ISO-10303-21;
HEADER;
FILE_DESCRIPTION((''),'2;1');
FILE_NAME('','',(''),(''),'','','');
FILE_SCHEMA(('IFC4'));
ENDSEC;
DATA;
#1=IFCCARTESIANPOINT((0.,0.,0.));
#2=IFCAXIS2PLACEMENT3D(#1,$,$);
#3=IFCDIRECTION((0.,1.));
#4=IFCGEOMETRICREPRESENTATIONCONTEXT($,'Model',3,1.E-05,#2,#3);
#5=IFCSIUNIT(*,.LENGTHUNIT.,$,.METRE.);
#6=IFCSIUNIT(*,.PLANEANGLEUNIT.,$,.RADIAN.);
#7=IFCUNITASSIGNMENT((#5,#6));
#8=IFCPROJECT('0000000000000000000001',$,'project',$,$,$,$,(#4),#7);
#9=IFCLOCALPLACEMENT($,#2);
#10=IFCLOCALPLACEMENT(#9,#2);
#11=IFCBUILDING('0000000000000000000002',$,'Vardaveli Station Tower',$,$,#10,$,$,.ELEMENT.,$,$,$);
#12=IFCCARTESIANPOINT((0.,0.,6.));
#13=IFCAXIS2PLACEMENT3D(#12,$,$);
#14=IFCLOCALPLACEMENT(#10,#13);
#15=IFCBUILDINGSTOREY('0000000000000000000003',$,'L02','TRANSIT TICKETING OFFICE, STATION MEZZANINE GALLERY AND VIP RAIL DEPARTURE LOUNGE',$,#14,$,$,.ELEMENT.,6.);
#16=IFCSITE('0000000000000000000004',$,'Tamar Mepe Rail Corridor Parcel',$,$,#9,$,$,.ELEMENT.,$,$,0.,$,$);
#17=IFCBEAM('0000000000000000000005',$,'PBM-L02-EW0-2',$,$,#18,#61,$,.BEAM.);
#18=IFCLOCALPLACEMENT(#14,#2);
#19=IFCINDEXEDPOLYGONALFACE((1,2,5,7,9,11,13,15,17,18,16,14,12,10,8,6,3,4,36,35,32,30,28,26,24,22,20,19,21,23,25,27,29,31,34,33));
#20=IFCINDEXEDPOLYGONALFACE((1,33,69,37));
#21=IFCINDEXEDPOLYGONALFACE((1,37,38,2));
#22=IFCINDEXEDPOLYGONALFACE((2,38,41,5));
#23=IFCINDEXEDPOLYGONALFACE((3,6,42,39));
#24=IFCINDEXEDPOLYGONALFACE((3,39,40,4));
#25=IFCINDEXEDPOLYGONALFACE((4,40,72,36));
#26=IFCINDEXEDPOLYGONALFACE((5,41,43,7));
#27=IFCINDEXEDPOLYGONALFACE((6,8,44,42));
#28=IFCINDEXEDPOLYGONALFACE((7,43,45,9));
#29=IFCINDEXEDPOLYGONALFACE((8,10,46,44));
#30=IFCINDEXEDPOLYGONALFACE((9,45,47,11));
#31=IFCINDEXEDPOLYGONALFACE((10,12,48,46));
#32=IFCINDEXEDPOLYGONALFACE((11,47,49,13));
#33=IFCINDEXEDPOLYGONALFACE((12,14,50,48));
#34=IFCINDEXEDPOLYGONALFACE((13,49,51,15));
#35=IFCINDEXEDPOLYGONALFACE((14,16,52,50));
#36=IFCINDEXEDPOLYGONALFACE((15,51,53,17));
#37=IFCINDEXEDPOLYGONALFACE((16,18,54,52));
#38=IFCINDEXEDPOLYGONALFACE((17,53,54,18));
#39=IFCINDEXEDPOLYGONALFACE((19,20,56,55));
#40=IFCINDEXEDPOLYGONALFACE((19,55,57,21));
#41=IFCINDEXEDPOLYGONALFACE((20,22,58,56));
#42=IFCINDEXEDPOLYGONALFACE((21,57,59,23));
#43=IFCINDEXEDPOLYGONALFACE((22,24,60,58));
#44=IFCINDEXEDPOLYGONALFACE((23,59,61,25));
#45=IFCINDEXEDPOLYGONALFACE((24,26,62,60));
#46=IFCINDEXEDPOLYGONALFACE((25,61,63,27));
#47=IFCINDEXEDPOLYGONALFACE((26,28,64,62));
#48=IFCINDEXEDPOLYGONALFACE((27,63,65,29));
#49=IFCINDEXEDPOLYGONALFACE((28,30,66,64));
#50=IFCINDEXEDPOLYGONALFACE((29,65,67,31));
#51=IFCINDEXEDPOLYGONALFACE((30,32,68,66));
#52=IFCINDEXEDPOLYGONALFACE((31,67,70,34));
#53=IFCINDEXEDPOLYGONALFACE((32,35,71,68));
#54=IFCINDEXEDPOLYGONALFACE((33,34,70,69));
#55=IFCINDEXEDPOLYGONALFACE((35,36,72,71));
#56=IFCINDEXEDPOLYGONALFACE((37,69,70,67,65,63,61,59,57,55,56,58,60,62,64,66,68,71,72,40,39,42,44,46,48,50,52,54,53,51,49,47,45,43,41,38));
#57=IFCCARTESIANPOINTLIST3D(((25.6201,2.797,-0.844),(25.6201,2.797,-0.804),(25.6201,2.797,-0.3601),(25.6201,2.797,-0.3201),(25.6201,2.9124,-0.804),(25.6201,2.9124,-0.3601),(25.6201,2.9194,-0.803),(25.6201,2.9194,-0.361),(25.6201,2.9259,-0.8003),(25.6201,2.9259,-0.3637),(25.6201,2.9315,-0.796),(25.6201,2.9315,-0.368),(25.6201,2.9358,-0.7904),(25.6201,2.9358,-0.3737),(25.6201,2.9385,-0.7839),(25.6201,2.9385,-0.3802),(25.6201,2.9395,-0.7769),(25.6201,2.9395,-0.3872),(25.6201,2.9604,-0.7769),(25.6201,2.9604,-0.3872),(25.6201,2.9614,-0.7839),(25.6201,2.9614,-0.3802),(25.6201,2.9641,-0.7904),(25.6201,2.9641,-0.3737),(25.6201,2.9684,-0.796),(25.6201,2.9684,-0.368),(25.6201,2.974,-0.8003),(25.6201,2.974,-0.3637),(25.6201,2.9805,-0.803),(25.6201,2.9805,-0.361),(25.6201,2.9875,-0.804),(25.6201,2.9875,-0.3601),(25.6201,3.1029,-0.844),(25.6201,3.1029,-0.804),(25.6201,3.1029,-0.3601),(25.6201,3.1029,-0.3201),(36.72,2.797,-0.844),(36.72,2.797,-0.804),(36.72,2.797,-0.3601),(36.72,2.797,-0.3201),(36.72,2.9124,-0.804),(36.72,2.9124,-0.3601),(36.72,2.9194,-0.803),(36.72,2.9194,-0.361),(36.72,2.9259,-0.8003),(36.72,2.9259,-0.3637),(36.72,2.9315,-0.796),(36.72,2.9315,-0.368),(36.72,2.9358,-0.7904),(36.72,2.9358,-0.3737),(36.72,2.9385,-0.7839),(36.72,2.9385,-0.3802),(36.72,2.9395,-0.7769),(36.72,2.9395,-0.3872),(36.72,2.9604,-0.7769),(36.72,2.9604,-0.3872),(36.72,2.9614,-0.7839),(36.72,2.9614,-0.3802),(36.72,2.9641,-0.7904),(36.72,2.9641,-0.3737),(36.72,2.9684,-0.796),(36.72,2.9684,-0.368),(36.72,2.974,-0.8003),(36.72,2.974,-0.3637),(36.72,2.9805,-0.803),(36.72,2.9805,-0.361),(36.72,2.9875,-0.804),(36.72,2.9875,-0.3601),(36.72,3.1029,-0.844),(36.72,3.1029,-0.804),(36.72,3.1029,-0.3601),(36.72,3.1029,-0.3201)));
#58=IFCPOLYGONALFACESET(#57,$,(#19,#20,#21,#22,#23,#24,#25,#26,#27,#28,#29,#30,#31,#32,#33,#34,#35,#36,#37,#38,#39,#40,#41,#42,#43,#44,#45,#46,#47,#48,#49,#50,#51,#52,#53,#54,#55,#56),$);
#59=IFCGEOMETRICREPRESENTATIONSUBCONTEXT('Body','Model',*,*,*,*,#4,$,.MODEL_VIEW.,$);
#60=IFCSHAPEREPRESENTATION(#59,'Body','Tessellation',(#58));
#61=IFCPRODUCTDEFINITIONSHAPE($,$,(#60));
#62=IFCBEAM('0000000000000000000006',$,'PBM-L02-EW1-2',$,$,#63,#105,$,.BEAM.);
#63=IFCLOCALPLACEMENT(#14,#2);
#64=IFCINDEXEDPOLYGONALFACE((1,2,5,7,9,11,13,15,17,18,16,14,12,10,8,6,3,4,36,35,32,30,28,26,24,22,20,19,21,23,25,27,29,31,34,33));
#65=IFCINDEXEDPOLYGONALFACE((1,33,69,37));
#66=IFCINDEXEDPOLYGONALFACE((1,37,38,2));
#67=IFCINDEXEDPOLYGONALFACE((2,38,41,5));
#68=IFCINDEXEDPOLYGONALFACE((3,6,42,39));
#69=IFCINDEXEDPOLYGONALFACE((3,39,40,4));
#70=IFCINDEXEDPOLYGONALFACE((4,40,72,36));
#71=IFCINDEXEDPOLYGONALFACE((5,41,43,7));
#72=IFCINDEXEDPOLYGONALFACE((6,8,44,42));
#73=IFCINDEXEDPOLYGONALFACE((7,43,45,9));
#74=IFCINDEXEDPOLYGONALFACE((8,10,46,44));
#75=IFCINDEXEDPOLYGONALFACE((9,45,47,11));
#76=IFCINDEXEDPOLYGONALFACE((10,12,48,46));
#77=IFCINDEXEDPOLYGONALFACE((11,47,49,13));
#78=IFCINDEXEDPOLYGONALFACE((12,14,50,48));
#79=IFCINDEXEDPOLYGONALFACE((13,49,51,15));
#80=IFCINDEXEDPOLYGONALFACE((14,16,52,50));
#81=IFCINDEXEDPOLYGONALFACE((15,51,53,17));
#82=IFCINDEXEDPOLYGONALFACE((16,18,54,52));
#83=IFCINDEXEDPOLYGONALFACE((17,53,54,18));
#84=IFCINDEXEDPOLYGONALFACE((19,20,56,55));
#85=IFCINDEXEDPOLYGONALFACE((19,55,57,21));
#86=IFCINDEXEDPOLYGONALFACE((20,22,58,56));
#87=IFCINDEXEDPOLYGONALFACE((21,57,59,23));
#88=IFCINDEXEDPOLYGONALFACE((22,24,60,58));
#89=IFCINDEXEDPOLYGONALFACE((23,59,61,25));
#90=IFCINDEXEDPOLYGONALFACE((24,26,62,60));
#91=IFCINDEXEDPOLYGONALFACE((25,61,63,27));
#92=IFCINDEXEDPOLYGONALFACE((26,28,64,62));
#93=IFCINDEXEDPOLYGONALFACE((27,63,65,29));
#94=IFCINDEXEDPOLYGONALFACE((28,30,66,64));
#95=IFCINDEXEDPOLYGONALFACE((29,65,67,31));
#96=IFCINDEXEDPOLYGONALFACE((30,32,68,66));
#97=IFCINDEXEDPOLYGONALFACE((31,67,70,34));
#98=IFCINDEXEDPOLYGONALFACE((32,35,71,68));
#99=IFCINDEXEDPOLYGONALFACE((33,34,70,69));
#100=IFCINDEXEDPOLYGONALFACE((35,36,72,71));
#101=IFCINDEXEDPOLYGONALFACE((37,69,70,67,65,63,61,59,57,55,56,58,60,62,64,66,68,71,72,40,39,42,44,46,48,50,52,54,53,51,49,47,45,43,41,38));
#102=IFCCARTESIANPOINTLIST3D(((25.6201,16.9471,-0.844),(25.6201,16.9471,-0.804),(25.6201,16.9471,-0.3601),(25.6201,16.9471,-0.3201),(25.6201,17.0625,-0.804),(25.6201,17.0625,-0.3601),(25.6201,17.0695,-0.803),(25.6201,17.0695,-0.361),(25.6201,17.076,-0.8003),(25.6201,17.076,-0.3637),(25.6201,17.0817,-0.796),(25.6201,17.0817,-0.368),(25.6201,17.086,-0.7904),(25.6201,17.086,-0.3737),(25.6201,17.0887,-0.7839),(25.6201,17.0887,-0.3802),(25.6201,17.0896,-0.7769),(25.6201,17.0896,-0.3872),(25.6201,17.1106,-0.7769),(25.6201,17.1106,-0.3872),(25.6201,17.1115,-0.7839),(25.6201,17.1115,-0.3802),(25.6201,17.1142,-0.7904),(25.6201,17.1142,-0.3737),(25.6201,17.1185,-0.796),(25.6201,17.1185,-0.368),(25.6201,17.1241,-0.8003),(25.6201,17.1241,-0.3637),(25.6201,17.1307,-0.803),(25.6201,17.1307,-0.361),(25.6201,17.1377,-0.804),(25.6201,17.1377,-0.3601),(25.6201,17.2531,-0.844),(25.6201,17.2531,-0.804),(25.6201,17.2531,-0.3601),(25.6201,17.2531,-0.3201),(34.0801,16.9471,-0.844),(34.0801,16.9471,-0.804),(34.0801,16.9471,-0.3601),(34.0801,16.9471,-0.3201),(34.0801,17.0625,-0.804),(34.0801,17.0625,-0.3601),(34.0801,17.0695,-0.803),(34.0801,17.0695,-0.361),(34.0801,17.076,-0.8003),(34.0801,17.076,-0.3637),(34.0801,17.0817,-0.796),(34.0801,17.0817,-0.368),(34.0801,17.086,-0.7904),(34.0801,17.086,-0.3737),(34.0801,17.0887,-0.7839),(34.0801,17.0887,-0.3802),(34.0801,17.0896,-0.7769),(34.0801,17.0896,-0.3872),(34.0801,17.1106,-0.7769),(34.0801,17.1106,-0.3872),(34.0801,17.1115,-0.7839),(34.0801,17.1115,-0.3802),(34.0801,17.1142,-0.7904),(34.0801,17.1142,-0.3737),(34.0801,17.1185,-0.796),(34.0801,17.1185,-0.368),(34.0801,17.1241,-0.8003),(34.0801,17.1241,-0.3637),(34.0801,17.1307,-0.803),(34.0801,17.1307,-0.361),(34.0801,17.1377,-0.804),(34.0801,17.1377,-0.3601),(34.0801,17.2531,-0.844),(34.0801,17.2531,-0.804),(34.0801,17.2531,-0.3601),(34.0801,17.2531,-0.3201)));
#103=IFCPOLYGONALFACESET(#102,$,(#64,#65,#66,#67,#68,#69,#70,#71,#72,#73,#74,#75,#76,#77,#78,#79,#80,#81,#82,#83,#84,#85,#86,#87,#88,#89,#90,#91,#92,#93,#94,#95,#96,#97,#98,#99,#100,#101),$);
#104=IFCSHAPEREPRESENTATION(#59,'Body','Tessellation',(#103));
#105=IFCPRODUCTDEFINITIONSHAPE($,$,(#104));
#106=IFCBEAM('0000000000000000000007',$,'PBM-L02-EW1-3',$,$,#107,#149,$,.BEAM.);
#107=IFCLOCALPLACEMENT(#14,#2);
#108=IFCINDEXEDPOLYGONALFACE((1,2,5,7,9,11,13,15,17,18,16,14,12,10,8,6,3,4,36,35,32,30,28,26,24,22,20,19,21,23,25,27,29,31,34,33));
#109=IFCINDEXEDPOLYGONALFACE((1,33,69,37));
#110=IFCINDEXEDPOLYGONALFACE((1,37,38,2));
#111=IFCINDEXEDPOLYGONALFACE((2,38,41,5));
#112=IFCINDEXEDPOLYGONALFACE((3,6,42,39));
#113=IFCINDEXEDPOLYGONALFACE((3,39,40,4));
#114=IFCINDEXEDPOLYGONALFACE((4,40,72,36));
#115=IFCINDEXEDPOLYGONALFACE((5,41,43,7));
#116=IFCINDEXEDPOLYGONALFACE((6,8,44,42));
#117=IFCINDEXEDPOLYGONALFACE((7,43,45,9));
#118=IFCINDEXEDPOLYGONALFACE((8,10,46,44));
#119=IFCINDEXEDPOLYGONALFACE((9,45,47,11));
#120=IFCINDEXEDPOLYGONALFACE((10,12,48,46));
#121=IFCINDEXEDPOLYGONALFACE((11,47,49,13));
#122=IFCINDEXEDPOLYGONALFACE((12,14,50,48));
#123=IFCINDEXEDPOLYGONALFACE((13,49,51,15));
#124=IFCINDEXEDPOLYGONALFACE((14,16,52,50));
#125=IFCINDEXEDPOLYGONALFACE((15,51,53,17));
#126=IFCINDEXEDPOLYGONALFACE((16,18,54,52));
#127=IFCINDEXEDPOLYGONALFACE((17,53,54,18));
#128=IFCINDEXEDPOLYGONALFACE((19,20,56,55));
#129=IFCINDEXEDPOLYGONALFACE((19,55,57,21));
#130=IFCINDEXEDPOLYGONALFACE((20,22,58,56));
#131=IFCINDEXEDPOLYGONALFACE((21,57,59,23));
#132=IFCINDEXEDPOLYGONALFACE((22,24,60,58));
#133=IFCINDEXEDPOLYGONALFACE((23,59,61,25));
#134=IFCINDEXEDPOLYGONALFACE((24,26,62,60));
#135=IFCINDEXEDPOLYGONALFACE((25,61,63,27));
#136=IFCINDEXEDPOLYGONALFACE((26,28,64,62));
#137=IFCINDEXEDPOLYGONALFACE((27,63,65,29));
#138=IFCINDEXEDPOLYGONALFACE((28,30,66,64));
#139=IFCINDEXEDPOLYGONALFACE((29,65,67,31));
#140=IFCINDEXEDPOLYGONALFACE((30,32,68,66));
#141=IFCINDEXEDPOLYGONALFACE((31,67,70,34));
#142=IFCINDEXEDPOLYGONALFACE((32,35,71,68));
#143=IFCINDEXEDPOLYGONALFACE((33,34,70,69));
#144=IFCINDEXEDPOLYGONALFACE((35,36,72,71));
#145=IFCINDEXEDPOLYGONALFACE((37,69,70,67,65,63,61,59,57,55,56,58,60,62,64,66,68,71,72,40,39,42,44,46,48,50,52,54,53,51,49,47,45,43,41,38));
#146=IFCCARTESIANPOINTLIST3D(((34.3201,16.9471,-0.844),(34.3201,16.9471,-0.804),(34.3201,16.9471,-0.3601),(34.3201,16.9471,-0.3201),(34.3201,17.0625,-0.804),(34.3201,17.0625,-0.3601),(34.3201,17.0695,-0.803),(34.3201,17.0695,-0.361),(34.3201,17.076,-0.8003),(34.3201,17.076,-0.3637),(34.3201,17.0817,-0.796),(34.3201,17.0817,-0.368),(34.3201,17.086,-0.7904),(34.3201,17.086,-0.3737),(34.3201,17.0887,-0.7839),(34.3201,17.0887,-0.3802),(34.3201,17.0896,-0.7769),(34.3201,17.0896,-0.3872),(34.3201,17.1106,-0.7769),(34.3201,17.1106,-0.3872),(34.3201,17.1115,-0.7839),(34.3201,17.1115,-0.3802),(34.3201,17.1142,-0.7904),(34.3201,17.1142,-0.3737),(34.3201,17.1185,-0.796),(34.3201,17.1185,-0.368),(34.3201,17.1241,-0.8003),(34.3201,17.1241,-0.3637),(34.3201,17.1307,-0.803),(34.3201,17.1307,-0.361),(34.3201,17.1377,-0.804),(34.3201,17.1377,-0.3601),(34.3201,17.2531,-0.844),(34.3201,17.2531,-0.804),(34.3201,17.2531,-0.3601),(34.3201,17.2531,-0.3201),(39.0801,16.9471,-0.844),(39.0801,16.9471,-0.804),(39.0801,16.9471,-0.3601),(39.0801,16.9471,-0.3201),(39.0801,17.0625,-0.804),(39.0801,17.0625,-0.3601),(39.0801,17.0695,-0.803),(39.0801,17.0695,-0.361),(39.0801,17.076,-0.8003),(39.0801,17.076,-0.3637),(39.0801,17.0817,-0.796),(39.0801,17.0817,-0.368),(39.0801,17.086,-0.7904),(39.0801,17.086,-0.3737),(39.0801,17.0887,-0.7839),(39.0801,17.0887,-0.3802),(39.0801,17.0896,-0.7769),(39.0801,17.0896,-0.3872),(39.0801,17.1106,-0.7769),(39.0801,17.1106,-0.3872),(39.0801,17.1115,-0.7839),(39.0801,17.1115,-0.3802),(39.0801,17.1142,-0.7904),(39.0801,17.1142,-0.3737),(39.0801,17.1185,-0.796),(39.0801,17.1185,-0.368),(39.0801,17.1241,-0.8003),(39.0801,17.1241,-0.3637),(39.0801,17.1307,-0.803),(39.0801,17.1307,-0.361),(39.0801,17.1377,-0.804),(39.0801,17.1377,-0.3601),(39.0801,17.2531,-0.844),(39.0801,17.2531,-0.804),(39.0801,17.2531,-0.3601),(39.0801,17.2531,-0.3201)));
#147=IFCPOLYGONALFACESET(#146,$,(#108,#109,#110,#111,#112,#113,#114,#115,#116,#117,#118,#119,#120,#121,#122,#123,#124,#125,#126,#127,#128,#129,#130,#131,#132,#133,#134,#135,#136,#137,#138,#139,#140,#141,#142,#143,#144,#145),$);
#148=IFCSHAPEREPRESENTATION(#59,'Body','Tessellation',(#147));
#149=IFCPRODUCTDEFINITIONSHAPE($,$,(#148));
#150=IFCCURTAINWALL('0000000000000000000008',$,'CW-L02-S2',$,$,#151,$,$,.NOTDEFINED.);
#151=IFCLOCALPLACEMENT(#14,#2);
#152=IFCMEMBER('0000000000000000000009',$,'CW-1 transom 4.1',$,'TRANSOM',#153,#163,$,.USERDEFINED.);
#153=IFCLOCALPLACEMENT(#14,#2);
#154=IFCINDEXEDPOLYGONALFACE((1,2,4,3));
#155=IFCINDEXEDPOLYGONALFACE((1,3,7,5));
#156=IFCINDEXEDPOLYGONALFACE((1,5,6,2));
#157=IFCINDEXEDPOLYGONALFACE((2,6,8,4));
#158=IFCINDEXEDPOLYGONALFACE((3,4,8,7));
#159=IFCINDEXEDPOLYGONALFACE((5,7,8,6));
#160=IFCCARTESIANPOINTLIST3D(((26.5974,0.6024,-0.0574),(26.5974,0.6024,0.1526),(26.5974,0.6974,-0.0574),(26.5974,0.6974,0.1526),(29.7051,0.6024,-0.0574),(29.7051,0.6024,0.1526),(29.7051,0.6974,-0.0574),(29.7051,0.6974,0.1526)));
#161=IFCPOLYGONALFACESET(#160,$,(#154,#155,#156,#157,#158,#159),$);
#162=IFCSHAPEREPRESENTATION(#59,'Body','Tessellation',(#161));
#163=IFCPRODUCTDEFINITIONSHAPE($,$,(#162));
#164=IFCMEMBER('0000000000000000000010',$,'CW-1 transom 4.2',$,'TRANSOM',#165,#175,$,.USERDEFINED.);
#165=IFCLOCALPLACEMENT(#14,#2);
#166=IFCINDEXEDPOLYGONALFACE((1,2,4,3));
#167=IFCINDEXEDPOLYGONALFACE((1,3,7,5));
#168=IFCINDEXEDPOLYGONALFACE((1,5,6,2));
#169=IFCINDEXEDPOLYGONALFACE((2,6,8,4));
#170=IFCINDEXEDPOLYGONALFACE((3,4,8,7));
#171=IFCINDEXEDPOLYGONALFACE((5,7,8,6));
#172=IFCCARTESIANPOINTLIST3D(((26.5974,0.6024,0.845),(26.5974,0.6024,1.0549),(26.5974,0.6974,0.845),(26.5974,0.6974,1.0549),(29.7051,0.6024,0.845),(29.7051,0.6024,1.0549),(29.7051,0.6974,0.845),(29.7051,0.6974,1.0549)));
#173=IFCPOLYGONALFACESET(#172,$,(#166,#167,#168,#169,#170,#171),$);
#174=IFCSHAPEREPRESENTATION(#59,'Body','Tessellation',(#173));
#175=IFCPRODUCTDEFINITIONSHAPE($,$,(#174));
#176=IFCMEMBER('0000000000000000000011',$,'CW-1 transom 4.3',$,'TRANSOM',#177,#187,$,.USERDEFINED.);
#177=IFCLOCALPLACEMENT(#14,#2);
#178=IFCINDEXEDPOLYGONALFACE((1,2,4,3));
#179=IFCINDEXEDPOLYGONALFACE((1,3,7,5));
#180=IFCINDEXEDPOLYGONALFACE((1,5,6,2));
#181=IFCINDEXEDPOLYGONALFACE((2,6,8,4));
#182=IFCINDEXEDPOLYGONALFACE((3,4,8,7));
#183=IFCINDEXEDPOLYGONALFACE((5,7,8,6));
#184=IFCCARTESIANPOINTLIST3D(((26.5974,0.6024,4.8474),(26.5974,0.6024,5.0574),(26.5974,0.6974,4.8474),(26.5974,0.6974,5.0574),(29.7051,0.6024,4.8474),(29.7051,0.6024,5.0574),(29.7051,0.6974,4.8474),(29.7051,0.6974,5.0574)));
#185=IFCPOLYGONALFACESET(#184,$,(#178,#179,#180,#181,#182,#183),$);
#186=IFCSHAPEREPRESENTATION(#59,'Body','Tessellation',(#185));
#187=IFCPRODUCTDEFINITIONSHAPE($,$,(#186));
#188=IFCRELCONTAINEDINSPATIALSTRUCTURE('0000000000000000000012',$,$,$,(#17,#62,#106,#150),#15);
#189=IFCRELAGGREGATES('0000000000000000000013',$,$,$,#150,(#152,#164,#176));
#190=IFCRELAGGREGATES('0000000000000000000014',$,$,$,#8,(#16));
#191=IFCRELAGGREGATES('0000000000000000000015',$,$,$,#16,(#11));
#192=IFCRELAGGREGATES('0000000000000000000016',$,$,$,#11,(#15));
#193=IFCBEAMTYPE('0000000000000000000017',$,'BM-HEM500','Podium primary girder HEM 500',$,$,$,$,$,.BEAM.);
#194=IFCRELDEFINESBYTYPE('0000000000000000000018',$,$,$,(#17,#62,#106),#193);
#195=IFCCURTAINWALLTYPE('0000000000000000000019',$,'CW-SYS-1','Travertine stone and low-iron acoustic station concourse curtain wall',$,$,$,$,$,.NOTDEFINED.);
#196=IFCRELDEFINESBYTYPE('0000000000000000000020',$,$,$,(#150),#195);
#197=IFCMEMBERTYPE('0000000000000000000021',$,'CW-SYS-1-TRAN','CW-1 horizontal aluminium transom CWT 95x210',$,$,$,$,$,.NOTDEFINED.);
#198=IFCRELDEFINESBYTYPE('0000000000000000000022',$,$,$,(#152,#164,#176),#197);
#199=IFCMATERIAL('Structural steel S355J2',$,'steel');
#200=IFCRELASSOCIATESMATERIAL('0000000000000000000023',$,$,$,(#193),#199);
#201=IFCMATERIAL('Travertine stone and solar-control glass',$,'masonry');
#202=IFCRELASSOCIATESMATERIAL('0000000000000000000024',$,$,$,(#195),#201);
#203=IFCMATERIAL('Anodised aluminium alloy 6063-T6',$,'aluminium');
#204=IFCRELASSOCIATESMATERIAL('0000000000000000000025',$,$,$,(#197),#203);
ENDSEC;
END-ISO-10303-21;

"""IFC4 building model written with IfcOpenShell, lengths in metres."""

from ifc_helpers import new_model, si_unit, direction, frame, origin, origin_2d, place, context, subcontext, project, spatial, rectangle, i_section, extrude, source, transform, mapped, material, material_profile, profile_set, type_object, element, aggregate, save


model = new_model("IFC4")

# Units and contexts
model_context = context("Model", 3, precision=1e-05, world=origin(), true_north=direction((0.0, 1.0)))
body_context = subcontext(model_context, "Body", "Model", "MODEL_VIEW")
ifc_project = project(units=[si_unit("LENGTHUNIT", "METRE"), si_unit("PLANEANGLEUNIT", "RADIAN")], contexts=[model_context])

# Site, building, storey
site_placement = place(None, origin())
site = spatial("IfcSite", under=ifc_project, at=site_placement, Name="Tamar Mepe Rail Corridor Parcel", CompositionType="ELEMENT", RefElevation=0.0)
building_placement = place(site_placement, origin())
building = spatial("IfcBuilding", under=site, at=building_placement, Name="Vardaveli Station Tower", CompositionType="ELEMENT")
storey_placement = place(building_placement, frame((0.0, 0.0, 6.0)))
storey = spatial("IfcBuildingStorey", under=building, at=storey_placement, Name="L02", Description="TRANSIT TICKETING OFFICE, STATION MEZZANINE GALLERY AND VIP RAIL DEPARTURE LOUNGE", CompositionType="ELEMENT", Elevation=6.0)

# Beams
ifc_material_1 = material(Name="Structural steel S355J2", Category="steel")
ifc_material_profile_1 = material_profile(ifc_material_1, i_section(OverallWidth=0.3059, OverallDepth=0.5239, WebThickness=0.021, FlangeThickness=0.04, FilletRadius=0.0271, at=origin_2d()), Name="HEM 500")
ifc_profile_set_1 = profile_set([ifc_material_profile_1], Name="Structural steel S355J2")
beam_type = type_object("IfcBeamType", Name="BM-HEM500", Description="Podium primary girder HEM 500", PredefinedType="BEAM", material=ifc_profile_set_1)
shared_shape_1 = source(origin(), body_context, "Body", "SweptSolid", [
    extrude(i_section(OverallWidth=0.3059, OverallDepth=0.5239, WebThickness=0.021, FlangeThickness=0.04, FilletRadius=0.0271, at=origin_2d()), origin(), (0.0, 0.0, 1.0), 11.0999),
])
beam_1_placement = place(storey_placement, frame((25.6201, 2.95, -0.582), z_axis=(1.0, 0.0, 0.0), x_axis=(0.0, 1.0, 0.0)))
element("IfcBeam", 1, at=beam_1_placement, inside=storey, type_object=beam_type, Name="PBM-L02-EW0-2", PredefinedType="BEAM", context=body_context, shape_type="MappedRepresentation", body=[
    mapped(shared_shape_1, transform((0.0, 0.0, 0.0), scale=1.0)),
])
shared_shape_2 = source(origin(), body_context, "Body", "SweptSolid", [
    extrude(i_section(OverallWidth=0.3059, OverallDepth=0.5239, WebThickness=0.021, FlangeThickness=0.04, FilletRadius=0.0271, at=origin_2d()), origin(), (0.0, 0.0, 1.0), 8.46),
])
beam_2_placement = place(storey_placement, frame((25.6201, 17.1001, -0.582), z_axis=(1.0, 0.0, 0.0), x_axis=(0.0, 1.0, 0.0)))
element("IfcBeam", 2, at=beam_2_placement, inside=storey, type_object=beam_type, Name="PBM-L02-EW1-2", PredefinedType="BEAM", context=body_context, shape_type="MappedRepresentation", body=[
    mapped(shared_shape_2, transform((0.0, 0.0, 0.0), scale=1.0)),
])
shared_shape_3 = source(origin(), body_context, "Body", "SweptSolid", [
    extrude(i_section(OverallWidth=0.3059, OverallDepth=0.5239, WebThickness=0.021, FlangeThickness=0.04, FilletRadius=0.0271, at=origin_2d()), origin(), (0.0, 0.0, 1.0), 4.76),
])
beam_3_placement = place(storey_placement, frame((34.3201, 17.1001, -0.582), z_axis=(1.0, 0.0, 0.0), x_axis=(0.0, 1.0, 0.0)))
element("IfcBeam", 3, at=beam_3_placement, inside=storey, type_object=beam_type, Name="PBM-L02-EW1-3", PredefinedType="BEAM", context=body_context, shape_type="MappedRepresentation", body=[
    mapped(shared_shape_3, transform((0.0, 0.0, 0.0), scale=1.0)),
])

# Curtain wall, members
ifc_material_2 = material(Name="Travertine stone and solar-control glass", Category="masonry")
curtain_wall_type = type_object("IfcCurtainWallType", Name="CW-SYS-1", Description="Travertine stone and low-iron acoustic station concourse curtain wall", PredefinedType="NOTDEFINED", material=ifc_material_2)
curtain_wall_placement = place(storey_placement, origin())
curtain_wall = element("IfcCurtainWall", 4, at=curtain_wall_placement, inside=storey, type_object=curtain_wall_type, Name="CW-L02-S2", PredefinedType="NOTDEFINED")
ifc_material_3 = material(Name="Anodised aluminium alloy 6063-T6", Category="aluminium")
ifc_material_profile_2 = material_profile(ifc_material_3, rectangle(XDim=0.095, YDim=0.21, at=origin_2d()), Name="CWT 95x210")
ifc_profile_set_2 = profile_set([ifc_material_profile_2], Name="Anodised aluminium alloy 6063-T6")
member_type_1 = type_object("IfcMemberType", Name="CW-SYS-1-TRAN", Description="CW-1 horizontal aluminium transom CWT 95x210", PredefinedType="NOTDEFINED", material=ifc_profile_set_2)
shared_shape_4 = source(origin(), body_context, "Body", "SweptSolid", [
    extrude(rectangle(XDim=0.095, YDim=0.21, at=origin_2d()), origin(), (0.0, 0.0, 1.0), 3.1077),
])
member_1_placement = place(storey_placement, frame((26.5974, 0.6499, 0.0476), z_axis=(1.0, 0.0, 0.0), x_axis=(0.0, 1.0, 0.0)))
member_1 = element("IfcMember", 5, at=member_1_placement, type_object=member_type_1, Name="CW-1 transom 4.1", ObjectType="TRANSOM", PredefinedType="USERDEFINED", context=body_context, shape_type="MappedRepresentation", body=[
    mapped(shared_shape_4, transform((0.0, 0.0, 0.0), scale=1.0)),
])
member_2_placement = place(storey_placement, frame((26.5974, 0.6499, 0.95), z_axis=(1.0, 0.0, 0.0), x_axis=(0.0, 1.0, 0.0)))
member_2 = element("IfcMember", 6, at=member_2_placement, type_object=member_type_1, Name="CW-1 transom 4.2", ObjectType="TRANSOM", PredefinedType="USERDEFINED", context=body_context, shape_type="MappedRepresentation", body=[
    mapped(shared_shape_4, transform((0.0, 0.0, 0.0), scale=1.0)),
])
member_3_placement = place(storey_placement, frame((26.5974, 0.6499, 4.9524), z_axis=(1.0, 0.0, 0.0), x_axis=(0.0, 1.0, 0.0)))
member_3 = element("IfcMember", 7, at=member_3_placement, type_object=member_type_1, Name="CW-1 transom 4.3", ObjectType="TRANSOM", PredefinedType="USERDEFINED", context=body_context, shape_type="MappedRepresentation", body=[
    mapped(shared_shape_4, transform((0.0, 0.0, 0.0), scale=1.0)),
])
aggregate(curtain_wall, [member_1, member_2, member_3])

save(model, "model.ifc")
